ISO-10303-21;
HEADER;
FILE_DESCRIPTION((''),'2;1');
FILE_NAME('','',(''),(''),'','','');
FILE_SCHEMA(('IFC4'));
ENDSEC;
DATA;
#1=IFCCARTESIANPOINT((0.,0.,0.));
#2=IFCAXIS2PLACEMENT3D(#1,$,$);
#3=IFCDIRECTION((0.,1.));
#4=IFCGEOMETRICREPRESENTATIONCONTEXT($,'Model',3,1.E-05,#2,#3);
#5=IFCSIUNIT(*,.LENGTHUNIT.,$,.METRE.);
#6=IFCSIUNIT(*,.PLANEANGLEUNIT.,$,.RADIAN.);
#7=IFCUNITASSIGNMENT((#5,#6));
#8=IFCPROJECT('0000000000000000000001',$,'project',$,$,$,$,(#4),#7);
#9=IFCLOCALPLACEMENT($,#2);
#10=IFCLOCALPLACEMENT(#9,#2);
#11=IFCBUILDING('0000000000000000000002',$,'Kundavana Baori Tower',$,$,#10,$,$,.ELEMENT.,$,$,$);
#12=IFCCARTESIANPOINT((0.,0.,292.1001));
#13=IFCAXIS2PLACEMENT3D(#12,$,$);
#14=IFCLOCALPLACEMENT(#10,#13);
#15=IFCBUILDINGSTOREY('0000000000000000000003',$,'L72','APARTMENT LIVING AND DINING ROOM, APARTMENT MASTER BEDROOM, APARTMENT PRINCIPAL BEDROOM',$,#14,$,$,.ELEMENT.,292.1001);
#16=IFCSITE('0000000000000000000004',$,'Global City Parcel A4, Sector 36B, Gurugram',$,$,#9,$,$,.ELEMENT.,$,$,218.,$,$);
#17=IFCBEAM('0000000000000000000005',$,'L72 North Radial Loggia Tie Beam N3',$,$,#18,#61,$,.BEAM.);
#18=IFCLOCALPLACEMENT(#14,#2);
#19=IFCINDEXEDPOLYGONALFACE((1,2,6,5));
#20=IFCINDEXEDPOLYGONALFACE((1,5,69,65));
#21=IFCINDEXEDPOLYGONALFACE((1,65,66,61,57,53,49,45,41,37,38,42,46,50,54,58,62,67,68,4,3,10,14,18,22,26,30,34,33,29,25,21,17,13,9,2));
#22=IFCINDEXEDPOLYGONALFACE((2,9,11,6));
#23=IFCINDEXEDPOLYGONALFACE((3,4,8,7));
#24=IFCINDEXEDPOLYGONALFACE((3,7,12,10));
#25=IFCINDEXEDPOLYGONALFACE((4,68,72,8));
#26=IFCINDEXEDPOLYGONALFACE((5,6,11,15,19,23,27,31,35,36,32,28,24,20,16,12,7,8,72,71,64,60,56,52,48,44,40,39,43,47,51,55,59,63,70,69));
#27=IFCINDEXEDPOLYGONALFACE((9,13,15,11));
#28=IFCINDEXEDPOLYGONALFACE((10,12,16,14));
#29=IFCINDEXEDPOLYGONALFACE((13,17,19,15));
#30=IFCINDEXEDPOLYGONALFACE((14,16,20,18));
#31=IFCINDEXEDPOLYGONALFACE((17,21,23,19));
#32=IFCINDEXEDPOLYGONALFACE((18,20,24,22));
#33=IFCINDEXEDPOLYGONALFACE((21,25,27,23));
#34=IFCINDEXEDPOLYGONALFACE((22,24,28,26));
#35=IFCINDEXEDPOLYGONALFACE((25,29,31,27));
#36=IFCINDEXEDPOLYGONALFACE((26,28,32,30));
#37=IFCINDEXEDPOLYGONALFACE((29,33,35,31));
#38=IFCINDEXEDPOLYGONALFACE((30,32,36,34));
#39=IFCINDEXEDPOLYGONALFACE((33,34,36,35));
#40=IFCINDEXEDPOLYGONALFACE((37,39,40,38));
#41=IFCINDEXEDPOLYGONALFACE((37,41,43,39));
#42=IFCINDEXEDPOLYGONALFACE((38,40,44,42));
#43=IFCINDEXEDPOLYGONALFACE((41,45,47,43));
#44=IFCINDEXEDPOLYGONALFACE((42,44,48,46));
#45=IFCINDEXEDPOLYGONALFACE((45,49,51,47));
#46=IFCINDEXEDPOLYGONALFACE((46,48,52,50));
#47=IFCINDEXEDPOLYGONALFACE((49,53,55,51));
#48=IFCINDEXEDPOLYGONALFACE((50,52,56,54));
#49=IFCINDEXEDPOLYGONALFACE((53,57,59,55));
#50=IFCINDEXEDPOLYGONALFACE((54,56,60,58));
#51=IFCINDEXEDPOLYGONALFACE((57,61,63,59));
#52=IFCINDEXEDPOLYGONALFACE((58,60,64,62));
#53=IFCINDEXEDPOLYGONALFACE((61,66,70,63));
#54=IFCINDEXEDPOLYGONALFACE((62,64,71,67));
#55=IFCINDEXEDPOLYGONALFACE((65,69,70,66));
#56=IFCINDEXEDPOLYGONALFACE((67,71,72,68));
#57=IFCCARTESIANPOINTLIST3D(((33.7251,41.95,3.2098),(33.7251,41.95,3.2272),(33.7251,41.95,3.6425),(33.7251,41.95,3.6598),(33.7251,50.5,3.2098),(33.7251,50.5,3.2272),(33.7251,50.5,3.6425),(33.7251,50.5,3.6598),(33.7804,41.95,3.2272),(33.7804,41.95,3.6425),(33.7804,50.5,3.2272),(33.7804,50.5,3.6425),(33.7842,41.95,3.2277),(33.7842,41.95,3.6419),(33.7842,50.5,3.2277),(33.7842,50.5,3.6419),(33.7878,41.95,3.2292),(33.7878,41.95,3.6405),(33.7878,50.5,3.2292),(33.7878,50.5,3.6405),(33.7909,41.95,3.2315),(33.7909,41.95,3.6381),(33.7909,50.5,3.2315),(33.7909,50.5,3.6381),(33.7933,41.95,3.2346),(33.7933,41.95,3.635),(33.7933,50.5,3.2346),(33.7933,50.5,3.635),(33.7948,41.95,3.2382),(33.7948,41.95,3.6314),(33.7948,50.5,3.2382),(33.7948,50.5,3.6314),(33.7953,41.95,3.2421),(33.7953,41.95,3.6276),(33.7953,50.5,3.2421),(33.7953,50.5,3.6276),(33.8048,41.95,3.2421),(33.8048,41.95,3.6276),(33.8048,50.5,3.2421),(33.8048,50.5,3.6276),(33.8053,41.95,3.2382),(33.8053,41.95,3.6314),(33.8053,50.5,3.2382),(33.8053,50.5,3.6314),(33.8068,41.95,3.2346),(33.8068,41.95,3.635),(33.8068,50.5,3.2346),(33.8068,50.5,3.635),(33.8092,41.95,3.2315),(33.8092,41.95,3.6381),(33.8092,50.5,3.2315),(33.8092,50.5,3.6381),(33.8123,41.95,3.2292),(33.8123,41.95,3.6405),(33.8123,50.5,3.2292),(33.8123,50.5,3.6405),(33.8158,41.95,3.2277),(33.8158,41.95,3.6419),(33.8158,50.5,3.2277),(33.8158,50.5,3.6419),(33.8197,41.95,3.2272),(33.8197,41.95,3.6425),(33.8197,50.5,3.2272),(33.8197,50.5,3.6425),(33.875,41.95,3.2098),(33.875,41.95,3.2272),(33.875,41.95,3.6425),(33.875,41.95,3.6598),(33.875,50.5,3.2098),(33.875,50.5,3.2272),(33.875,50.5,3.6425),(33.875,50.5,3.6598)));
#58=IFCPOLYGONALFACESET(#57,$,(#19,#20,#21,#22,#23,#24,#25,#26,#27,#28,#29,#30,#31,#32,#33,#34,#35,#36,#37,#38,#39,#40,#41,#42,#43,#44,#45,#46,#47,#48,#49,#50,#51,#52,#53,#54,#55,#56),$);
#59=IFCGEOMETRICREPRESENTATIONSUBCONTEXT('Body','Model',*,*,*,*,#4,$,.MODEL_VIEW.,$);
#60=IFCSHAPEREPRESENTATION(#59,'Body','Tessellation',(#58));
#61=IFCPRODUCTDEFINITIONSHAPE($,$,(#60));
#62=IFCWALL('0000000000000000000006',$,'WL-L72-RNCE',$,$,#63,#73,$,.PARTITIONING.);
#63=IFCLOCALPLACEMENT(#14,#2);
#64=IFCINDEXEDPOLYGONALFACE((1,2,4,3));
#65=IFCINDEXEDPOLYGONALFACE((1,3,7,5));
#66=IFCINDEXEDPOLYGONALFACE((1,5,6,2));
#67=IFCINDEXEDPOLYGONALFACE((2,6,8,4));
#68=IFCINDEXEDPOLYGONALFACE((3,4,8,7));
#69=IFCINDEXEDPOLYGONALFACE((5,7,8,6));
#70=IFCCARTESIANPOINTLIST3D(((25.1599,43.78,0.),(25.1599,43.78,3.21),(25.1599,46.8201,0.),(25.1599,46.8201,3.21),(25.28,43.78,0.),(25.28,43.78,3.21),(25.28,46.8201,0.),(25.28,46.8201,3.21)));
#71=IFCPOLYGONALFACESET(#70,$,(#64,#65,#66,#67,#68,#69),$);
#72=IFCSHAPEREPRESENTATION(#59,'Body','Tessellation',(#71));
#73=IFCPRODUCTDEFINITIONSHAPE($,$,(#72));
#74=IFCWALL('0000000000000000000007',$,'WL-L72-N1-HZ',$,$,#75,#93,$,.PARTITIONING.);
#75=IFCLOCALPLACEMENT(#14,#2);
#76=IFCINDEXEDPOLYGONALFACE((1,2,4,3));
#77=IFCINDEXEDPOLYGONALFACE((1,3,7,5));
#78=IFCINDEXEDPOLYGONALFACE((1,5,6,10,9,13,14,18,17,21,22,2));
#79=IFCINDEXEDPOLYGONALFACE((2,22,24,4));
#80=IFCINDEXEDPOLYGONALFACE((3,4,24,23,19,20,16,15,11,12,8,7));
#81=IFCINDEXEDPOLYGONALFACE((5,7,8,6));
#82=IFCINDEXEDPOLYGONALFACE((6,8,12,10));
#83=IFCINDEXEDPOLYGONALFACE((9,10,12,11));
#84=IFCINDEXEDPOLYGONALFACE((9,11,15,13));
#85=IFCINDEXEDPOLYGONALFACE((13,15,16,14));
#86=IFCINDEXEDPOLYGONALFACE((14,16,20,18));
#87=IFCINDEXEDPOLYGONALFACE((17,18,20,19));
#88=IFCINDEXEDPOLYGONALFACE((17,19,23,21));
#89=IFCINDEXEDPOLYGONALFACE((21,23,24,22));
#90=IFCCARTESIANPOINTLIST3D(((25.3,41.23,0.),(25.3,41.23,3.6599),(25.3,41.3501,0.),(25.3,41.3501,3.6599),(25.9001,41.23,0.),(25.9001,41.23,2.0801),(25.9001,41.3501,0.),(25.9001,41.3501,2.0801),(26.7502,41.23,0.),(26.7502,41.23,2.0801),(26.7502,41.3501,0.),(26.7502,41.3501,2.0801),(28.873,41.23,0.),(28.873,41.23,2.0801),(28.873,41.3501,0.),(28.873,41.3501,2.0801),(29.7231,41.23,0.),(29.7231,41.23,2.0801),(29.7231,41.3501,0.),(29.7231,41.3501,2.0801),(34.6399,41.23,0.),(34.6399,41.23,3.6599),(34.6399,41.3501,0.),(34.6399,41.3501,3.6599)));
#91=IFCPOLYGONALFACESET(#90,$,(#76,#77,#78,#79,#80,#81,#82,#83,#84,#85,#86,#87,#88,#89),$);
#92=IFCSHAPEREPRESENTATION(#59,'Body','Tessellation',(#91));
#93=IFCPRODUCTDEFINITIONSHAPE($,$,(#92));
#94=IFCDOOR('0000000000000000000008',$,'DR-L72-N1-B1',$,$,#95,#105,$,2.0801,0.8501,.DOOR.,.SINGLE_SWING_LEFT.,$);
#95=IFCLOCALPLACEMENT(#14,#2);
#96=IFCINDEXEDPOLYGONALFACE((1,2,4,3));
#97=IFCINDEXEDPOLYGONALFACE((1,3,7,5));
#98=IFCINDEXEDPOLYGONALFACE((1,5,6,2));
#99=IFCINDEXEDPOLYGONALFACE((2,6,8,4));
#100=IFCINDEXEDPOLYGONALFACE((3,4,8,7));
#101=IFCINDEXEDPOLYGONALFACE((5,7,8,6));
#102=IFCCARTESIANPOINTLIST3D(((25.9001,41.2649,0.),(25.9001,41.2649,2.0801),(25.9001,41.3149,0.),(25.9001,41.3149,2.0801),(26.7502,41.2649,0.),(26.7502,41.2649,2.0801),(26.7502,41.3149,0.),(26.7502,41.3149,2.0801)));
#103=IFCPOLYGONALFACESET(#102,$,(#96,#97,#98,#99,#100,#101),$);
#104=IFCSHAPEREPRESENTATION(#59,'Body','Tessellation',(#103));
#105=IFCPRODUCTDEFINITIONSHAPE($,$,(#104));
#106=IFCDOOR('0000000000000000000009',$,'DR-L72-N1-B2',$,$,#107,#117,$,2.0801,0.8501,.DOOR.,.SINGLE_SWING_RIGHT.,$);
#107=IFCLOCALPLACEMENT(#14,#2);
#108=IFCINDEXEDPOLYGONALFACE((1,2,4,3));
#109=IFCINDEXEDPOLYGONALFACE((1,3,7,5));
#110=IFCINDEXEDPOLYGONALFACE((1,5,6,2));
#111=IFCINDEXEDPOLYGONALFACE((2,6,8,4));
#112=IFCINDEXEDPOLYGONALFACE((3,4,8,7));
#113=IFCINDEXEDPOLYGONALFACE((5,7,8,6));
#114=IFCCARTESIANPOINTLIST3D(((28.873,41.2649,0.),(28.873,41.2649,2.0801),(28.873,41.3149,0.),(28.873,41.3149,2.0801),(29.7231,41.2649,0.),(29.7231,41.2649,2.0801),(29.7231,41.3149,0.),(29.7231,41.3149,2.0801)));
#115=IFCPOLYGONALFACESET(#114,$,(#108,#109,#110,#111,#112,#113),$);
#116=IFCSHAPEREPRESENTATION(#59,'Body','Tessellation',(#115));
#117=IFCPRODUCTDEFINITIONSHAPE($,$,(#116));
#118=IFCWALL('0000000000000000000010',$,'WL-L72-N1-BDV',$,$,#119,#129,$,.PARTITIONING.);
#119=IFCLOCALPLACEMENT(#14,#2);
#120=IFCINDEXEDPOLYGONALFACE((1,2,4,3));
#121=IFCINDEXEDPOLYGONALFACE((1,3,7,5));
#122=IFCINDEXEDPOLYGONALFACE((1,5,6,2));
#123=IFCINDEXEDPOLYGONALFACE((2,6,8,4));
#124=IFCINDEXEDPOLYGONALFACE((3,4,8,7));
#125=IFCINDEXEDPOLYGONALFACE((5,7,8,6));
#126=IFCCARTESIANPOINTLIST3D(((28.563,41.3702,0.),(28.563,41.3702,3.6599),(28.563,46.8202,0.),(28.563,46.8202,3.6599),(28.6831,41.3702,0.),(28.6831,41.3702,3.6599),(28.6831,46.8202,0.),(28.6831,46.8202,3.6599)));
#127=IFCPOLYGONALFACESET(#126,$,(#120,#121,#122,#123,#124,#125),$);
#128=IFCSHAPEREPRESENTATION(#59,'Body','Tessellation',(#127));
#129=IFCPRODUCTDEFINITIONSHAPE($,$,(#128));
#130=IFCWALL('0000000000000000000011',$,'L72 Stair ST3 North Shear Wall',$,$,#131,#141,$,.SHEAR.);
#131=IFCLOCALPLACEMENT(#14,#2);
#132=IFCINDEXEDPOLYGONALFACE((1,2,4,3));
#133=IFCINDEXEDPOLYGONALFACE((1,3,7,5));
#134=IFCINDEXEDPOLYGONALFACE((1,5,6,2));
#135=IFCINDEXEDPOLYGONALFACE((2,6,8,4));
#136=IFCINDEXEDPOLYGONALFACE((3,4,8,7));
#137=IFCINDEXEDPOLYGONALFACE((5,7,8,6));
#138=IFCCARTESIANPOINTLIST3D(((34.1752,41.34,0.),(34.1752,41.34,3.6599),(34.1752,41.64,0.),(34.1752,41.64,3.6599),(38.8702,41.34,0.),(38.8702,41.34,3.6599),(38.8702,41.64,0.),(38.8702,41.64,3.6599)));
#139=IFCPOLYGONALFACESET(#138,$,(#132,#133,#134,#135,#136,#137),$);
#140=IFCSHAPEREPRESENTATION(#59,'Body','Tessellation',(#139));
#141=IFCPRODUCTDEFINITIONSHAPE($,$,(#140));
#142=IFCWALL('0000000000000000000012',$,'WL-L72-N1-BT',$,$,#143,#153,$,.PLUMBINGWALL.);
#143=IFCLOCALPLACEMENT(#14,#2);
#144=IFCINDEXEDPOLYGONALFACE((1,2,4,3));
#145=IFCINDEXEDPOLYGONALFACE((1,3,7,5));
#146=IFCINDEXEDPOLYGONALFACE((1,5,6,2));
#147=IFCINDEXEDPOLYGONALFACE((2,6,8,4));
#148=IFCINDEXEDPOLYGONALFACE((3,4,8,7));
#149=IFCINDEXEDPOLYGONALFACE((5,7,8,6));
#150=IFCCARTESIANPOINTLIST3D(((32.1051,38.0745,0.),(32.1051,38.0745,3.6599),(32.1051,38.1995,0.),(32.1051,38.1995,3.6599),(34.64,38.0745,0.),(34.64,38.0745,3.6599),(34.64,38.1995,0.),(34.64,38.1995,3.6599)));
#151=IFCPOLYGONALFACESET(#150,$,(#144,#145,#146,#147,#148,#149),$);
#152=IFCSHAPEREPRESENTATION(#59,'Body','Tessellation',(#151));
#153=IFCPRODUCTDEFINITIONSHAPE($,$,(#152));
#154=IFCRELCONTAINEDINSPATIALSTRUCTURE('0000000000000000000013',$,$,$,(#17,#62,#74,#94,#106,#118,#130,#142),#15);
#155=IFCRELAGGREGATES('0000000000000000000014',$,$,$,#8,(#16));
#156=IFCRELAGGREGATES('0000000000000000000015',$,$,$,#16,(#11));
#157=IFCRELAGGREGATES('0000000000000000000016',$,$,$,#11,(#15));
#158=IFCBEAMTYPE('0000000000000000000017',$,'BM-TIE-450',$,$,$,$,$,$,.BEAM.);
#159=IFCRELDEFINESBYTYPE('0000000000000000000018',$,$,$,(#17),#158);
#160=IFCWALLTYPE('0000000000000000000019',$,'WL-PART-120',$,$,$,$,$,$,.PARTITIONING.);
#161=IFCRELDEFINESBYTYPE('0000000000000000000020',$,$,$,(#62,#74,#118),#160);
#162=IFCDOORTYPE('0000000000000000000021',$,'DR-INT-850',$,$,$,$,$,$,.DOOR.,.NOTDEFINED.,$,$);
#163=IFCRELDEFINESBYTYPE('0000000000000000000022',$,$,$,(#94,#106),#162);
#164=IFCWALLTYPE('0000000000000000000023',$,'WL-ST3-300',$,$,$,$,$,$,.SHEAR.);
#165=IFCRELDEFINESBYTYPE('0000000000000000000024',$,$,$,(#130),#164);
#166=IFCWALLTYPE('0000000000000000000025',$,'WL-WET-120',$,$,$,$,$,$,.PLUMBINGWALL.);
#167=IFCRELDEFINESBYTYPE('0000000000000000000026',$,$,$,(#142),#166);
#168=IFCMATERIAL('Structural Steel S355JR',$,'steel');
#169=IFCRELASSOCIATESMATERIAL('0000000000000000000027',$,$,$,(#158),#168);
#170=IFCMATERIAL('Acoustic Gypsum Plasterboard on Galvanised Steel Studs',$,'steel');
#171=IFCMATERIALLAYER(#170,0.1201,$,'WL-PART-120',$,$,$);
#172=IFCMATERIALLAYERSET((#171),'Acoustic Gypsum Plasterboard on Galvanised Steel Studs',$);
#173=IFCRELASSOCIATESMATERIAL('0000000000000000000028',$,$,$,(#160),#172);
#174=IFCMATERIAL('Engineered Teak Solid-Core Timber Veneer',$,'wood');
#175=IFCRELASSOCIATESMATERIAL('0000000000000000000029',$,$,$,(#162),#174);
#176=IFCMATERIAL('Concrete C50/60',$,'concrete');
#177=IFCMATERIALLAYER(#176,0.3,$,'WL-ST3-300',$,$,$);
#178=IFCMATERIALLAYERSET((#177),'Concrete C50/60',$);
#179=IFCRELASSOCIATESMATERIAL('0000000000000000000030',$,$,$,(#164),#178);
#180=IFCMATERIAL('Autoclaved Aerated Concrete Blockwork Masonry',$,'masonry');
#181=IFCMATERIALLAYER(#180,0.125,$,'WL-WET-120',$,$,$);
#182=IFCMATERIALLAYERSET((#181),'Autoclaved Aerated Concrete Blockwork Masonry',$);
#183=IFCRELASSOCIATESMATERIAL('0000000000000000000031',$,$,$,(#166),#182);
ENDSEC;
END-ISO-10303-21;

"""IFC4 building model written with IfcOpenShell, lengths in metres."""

from ifc_helpers import new_model, si_unit, direction, frame, frame_2d, origin, origin_2d, place, context, subcontext, project, spatial, rectangle, i_section, extrude, material, layer, layer_set, material_profile, profile_set, type_object, element, fill, save


model = new_model("IFC4")

# Units and contexts
model_context = context("Model", 3, precision=1e-05, world=origin(), true_north=direction((0.0, 1.0)))
body_context = subcontext(model_context, "Body", "Model", "MODEL_VIEW")
ifc_project = project(units=[si_unit("LENGTHUNIT", "METRE"), si_unit("PLANEANGLEUNIT", "RADIAN")], contexts=[model_context])

# Site, building, storey
site_placement = place(None, origin())
site = spatial("IfcSite", under=ifc_project, at=site_placement, Name="Global City Parcel A4, Sector 36B, Gurugram", CompositionType="ELEMENT", RefElevation=218.0)
building_placement = place(site_placement, origin())
building = spatial("IfcBuilding", under=site, at=building_placement, Name="Kundavana Baori Tower", CompositionType="ELEMENT")
storey_placement = place(building_placement, frame((0.0, 0.0, 292.1001)))
storey = spatial("IfcBuildingStorey", under=building, at=storey_placement, Name="L72", Description="APARTMENT LIVING AND DINING ROOM, APARTMENT MASTER BEDROOM, APARTMENT PRINCIPAL BEDROOM", CompositionType="ELEMENT", Elevation=292.1001)

# Beam
ifc_material_1 = material(Name="Structural Steel S355JR", Category="steel")
ifc_material_profile_1 = material_profile(ifc_material_1, i_section(OverallWidth=0.1499, OverallDepth=0.45, WebThickness=0.0095, FlangeThickness=0.0173, FilletRadius=0.0149, at=origin_2d()), Name="ISMB 450")
ifc_profile_set_1 = profile_set([ifc_material_profile_1], Name="Structural Steel S355JR")
beam_type_1 = type_object("IfcBeamType", Name="BM-TIE-450", PredefinedType="BEAM", material=ifc_profile_set_1)
beam_1_placement = place(storey_placement, frame((33.8, 41.95, 3.4348), z_axis=(0.0, 1.0, 0.0), x_axis=(-1.0, 0.0, 0.0)))
element("IfcBeam", 1, at=beam_1_placement, inside=storey, type_object=beam_type_1, Name="L72 North Radial Loggia Tie Beam N3", PredefinedType="BEAM", context=body_context, shape_type="SweptSolid", body=[
    extrude(i_section(OverallWidth=0.1499, OverallDepth=0.45, WebThickness=0.0095, FlangeThickness=0.0173, FilletRadius=0.0149, at=origin_2d()), origin(), (0.0, 0.0, 1.0), 8.55),
])

# Wall
ifc_material_2 = material(Name="Acoustic Gypsum Plasterboard on Galvanised Steel Studs", Category="steel")
ifc_layer_1 = layer(ifc_material_2, 0.1201, Name="WL-PART-120")
ifc_layer_set_1 = layer_set([ifc_layer_1], Name="Acoustic Gypsum Plasterboard on Galvanised Steel Studs")
wall_type_1 = type_object("IfcWallType", Name="WL-PART-120", PredefinedType="PARTITIONING", material=ifc_layer_set_1)
wall_1_placement = place(storey_placement, frame((25.22, 43.78, 0.0), z_axis=(0.0, 0.0, 1.0), x_axis=(0.0, 1.0, 0.0)))
element("IfcWall", 2, at=wall_1_placement, inside=storey, type_object=wall_type_1, Name="WL-L72-RNCE", PredefinedType="PARTITIONING", context=body_context, shape_type="SweptSolid", body=[
    extrude(rectangle(XDim=3.04, YDim=0.1201, at=frame_2d((1.52, 0.0))), origin(), (0.0, 0.0, 1.0), 3.21),
])

# Wall, openings, doors
wall_2_placement = place(storey_placement, frame((25.3, 41.29, 0.0), z_axis=(0.0, 0.0, 1.0), x_axis=(1.0, 0.0, 0.0)))
wall_2 = element("IfcWall", 3, at=wall_2_placement, inside=storey, type_object=wall_type_1, Name="WL-L72-N1-HZ", PredefinedType="PARTITIONING", context=body_context, shape_type="SweptSolid", body=[
    extrude(rectangle(XDim=9.3398, YDim=0.1201, at=frame_2d((4.6699, 0.0))), origin(), (0.0, 0.0, 1.0), 3.6599),
])
opening_1_placement = place(wall_2_placement, frame((0.6001, 0.0, 0.0)))
opening_1 = element("IfcOpeningElement", 4, at=opening_1_placement, cuts=wall_2, PredefinedType="OPENING", context=body_context, shape_type="SweptSolid", body=[
    extrude(rectangle(XDim=0.8501, YDim=2.0801, at=frame_2d((0.425, 1.04))), frame((0.0, 0.0701, 0.0), z_axis=(0.0, -1.0, 0.0), x_axis=(1.0, 0.0, 0.0)), (0.0, 0.0, 1.0), 0.1401),
])
opening_2_placement = place(wall_2_placement, frame((3.573, 0.0, 0.0)))
opening_2 = element("IfcOpeningElement", 5, at=opening_2_placement, cuts=wall_2, PredefinedType="OPENING", context=body_context, shape_type="SweptSolid", body=[
    extrude(rectangle(XDim=0.8501, YDim=2.0801, at=frame_2d((0.425, 1.04))), frame((0.0, 0.0701, 0.0), z_axis=(0.0, -1.0, 0.0), x_axis=(1.0, 0.0, 0.0)), (0.0, 0.0, 1.0), 0.1401),
])
ifc_material_3 = material(Name="Engineered Teak Solid-Core Timber Veneer", Category="wood")
door_type = type_object("IfcDoorType", Name="DR-INT-850", OperationType="NOTDEFINED", PredefinedType="DOOR", material=ifc_material_3)
door_1_placement = place(opening_1_placement, origin())
door_1 = element("IfcDoor", 6, at=door_1_placement, inside=storey, type_object=door_type, Name="DR-L72-N1-B1", OperationType="SINGLE_SWING_LEFT", OverallHeight=2.0801, OverallWidth=0.8501, PredefinedType="DOOR", context=body_context, shape_type="SweptSolid", body=[
    extrude(rectangle(XDim=0.8501, YDim=2.0801, at=frame_2d((0.425, 1.04))), frame((0.0, 0.0249, 0.0), z_axis=(0.0, -1.0, 0.0), x_axis=(1.0, 0.0, 0.0)), (0.0, 0.0, 1.0), 0.05),
])
fill(opening_1, door_1)
door_2_placement = place(opening_2_placement, origin())
door_2 = element("IfcDoor", 7, at=door_2_placement, inside=storey, type_object=door_type, Name="DR-L72-N1-B2", OperationType="SINGLE_SWING_RIGHT", OverallHeight=2.0801, OverallWidth=0.8501, PredefinedType="DOOR", context=body_context, shape_type="SweptSolid", body=[
    extrude(rectangle(XDim=0.8501, YDim=2.0801, at=frame_2d((0.425, 1.04))), frame((0.0, 0.0249, 0.0), z_axis=(0.0, -1.0, 0.0), x_axis=(1.0, 0.0, 0.0)), (0.0, 0.0, 1.0), 0.05),
])
fill(opening_2, door_2)

# Walls
wall_3_placement = place(storey_placement, frame((28.623, 41.3701, 0.0), z_axis=(0.0, 0.0, 1.0), x_axis=(0.0, 1.0, 0.0)))
element("IfcWall", 8, at=wall_3_placement, inside=storey, type_object=wall_type_1, Name="WL-L72-N1-BDV", PredefinedType="PARTITIONING", context=body_context, shape_type="SweptSolid", body=[
    extrude(rectangle(XDim=5.45, YDim=0.1201, at=frame_2d((2.7251, 0.0))), origin(), (0.0, 0.0, 1.0), 3.6599),
])
ifc_material_4 = material(Name="Concrete C50/60", Category="concrete")
ifc_layer_2 = layer(ifc_material_4, 0.3, Name="WL-ST3-300")
ifc_layer_set_2 = layer_set([ifc_layer_2], Name="Concrete C50/60")
wall_type_2 = type_object("IfcWallType", Name="WL-ST3-300", PredefinedType="SHEAR", material=ifc_layer_set_2)
wall_4_placement = place(storey_placement, frame((34.175, 41.49, 0.0), z_axis=(0.0, 0.0, 1.0), x_axis=(1.0, 0.0, 0.0)))
element("IfcWall", 9, at=wall_4_placement, inside=storey, type_object=wall_type_2, Name="L72 Stair ST3 North Shear Wall", PredefinedType="SHEAR", context=body_context, shape_type="SweptSolid", body=[
    extrude(rectangle(XDim=4.6951, YDim=0.3, at=frame_2d((2.3477, 0.0))), origin(), (0.0, 0.0, 1.0), 3.6599),
])
ifc_material_5 = material(Name="Autoclaved Aerated Concrete Blockwork Masonry", Category="masonry")
ifc_layer_3 = layer(ifc_material_5, 0.125, Name="WL-WET-120")
ifc_layer_set_3 = layer_set([ifc_layer_3], Name="Autoclaved Aerated Concrete Blockwork Masonry")
wall_type_3 = type_object("IfcWallType", Name="WL-WET-120", PredefinedType="PLUMBINGWALL", material=ifc_layer_set_3)
wall_5_placement = place(storey_placement, frame((32.105, 38.137, 0.0), z_axis=(0.0, 0.0, 1.0), x_axis=(1.0, 0.0, 0.0)))
element("IfcWall", 10, at=wall_5_placement, inside=storey, type_object=wall_type_3, Name="WL-L72-N1-BT", PredefinedType="PLUMBINGWALL", context=body_context, shape_type="SweptSolid", body=[
    extrude(rectangle(XDim=2.5349, YDim=0.125, at=frame_2d((1.2676, 0.0))), origin(), (0.0, 0.0, 1.0), 3.6599),
])

save(model, "model.ifc")
